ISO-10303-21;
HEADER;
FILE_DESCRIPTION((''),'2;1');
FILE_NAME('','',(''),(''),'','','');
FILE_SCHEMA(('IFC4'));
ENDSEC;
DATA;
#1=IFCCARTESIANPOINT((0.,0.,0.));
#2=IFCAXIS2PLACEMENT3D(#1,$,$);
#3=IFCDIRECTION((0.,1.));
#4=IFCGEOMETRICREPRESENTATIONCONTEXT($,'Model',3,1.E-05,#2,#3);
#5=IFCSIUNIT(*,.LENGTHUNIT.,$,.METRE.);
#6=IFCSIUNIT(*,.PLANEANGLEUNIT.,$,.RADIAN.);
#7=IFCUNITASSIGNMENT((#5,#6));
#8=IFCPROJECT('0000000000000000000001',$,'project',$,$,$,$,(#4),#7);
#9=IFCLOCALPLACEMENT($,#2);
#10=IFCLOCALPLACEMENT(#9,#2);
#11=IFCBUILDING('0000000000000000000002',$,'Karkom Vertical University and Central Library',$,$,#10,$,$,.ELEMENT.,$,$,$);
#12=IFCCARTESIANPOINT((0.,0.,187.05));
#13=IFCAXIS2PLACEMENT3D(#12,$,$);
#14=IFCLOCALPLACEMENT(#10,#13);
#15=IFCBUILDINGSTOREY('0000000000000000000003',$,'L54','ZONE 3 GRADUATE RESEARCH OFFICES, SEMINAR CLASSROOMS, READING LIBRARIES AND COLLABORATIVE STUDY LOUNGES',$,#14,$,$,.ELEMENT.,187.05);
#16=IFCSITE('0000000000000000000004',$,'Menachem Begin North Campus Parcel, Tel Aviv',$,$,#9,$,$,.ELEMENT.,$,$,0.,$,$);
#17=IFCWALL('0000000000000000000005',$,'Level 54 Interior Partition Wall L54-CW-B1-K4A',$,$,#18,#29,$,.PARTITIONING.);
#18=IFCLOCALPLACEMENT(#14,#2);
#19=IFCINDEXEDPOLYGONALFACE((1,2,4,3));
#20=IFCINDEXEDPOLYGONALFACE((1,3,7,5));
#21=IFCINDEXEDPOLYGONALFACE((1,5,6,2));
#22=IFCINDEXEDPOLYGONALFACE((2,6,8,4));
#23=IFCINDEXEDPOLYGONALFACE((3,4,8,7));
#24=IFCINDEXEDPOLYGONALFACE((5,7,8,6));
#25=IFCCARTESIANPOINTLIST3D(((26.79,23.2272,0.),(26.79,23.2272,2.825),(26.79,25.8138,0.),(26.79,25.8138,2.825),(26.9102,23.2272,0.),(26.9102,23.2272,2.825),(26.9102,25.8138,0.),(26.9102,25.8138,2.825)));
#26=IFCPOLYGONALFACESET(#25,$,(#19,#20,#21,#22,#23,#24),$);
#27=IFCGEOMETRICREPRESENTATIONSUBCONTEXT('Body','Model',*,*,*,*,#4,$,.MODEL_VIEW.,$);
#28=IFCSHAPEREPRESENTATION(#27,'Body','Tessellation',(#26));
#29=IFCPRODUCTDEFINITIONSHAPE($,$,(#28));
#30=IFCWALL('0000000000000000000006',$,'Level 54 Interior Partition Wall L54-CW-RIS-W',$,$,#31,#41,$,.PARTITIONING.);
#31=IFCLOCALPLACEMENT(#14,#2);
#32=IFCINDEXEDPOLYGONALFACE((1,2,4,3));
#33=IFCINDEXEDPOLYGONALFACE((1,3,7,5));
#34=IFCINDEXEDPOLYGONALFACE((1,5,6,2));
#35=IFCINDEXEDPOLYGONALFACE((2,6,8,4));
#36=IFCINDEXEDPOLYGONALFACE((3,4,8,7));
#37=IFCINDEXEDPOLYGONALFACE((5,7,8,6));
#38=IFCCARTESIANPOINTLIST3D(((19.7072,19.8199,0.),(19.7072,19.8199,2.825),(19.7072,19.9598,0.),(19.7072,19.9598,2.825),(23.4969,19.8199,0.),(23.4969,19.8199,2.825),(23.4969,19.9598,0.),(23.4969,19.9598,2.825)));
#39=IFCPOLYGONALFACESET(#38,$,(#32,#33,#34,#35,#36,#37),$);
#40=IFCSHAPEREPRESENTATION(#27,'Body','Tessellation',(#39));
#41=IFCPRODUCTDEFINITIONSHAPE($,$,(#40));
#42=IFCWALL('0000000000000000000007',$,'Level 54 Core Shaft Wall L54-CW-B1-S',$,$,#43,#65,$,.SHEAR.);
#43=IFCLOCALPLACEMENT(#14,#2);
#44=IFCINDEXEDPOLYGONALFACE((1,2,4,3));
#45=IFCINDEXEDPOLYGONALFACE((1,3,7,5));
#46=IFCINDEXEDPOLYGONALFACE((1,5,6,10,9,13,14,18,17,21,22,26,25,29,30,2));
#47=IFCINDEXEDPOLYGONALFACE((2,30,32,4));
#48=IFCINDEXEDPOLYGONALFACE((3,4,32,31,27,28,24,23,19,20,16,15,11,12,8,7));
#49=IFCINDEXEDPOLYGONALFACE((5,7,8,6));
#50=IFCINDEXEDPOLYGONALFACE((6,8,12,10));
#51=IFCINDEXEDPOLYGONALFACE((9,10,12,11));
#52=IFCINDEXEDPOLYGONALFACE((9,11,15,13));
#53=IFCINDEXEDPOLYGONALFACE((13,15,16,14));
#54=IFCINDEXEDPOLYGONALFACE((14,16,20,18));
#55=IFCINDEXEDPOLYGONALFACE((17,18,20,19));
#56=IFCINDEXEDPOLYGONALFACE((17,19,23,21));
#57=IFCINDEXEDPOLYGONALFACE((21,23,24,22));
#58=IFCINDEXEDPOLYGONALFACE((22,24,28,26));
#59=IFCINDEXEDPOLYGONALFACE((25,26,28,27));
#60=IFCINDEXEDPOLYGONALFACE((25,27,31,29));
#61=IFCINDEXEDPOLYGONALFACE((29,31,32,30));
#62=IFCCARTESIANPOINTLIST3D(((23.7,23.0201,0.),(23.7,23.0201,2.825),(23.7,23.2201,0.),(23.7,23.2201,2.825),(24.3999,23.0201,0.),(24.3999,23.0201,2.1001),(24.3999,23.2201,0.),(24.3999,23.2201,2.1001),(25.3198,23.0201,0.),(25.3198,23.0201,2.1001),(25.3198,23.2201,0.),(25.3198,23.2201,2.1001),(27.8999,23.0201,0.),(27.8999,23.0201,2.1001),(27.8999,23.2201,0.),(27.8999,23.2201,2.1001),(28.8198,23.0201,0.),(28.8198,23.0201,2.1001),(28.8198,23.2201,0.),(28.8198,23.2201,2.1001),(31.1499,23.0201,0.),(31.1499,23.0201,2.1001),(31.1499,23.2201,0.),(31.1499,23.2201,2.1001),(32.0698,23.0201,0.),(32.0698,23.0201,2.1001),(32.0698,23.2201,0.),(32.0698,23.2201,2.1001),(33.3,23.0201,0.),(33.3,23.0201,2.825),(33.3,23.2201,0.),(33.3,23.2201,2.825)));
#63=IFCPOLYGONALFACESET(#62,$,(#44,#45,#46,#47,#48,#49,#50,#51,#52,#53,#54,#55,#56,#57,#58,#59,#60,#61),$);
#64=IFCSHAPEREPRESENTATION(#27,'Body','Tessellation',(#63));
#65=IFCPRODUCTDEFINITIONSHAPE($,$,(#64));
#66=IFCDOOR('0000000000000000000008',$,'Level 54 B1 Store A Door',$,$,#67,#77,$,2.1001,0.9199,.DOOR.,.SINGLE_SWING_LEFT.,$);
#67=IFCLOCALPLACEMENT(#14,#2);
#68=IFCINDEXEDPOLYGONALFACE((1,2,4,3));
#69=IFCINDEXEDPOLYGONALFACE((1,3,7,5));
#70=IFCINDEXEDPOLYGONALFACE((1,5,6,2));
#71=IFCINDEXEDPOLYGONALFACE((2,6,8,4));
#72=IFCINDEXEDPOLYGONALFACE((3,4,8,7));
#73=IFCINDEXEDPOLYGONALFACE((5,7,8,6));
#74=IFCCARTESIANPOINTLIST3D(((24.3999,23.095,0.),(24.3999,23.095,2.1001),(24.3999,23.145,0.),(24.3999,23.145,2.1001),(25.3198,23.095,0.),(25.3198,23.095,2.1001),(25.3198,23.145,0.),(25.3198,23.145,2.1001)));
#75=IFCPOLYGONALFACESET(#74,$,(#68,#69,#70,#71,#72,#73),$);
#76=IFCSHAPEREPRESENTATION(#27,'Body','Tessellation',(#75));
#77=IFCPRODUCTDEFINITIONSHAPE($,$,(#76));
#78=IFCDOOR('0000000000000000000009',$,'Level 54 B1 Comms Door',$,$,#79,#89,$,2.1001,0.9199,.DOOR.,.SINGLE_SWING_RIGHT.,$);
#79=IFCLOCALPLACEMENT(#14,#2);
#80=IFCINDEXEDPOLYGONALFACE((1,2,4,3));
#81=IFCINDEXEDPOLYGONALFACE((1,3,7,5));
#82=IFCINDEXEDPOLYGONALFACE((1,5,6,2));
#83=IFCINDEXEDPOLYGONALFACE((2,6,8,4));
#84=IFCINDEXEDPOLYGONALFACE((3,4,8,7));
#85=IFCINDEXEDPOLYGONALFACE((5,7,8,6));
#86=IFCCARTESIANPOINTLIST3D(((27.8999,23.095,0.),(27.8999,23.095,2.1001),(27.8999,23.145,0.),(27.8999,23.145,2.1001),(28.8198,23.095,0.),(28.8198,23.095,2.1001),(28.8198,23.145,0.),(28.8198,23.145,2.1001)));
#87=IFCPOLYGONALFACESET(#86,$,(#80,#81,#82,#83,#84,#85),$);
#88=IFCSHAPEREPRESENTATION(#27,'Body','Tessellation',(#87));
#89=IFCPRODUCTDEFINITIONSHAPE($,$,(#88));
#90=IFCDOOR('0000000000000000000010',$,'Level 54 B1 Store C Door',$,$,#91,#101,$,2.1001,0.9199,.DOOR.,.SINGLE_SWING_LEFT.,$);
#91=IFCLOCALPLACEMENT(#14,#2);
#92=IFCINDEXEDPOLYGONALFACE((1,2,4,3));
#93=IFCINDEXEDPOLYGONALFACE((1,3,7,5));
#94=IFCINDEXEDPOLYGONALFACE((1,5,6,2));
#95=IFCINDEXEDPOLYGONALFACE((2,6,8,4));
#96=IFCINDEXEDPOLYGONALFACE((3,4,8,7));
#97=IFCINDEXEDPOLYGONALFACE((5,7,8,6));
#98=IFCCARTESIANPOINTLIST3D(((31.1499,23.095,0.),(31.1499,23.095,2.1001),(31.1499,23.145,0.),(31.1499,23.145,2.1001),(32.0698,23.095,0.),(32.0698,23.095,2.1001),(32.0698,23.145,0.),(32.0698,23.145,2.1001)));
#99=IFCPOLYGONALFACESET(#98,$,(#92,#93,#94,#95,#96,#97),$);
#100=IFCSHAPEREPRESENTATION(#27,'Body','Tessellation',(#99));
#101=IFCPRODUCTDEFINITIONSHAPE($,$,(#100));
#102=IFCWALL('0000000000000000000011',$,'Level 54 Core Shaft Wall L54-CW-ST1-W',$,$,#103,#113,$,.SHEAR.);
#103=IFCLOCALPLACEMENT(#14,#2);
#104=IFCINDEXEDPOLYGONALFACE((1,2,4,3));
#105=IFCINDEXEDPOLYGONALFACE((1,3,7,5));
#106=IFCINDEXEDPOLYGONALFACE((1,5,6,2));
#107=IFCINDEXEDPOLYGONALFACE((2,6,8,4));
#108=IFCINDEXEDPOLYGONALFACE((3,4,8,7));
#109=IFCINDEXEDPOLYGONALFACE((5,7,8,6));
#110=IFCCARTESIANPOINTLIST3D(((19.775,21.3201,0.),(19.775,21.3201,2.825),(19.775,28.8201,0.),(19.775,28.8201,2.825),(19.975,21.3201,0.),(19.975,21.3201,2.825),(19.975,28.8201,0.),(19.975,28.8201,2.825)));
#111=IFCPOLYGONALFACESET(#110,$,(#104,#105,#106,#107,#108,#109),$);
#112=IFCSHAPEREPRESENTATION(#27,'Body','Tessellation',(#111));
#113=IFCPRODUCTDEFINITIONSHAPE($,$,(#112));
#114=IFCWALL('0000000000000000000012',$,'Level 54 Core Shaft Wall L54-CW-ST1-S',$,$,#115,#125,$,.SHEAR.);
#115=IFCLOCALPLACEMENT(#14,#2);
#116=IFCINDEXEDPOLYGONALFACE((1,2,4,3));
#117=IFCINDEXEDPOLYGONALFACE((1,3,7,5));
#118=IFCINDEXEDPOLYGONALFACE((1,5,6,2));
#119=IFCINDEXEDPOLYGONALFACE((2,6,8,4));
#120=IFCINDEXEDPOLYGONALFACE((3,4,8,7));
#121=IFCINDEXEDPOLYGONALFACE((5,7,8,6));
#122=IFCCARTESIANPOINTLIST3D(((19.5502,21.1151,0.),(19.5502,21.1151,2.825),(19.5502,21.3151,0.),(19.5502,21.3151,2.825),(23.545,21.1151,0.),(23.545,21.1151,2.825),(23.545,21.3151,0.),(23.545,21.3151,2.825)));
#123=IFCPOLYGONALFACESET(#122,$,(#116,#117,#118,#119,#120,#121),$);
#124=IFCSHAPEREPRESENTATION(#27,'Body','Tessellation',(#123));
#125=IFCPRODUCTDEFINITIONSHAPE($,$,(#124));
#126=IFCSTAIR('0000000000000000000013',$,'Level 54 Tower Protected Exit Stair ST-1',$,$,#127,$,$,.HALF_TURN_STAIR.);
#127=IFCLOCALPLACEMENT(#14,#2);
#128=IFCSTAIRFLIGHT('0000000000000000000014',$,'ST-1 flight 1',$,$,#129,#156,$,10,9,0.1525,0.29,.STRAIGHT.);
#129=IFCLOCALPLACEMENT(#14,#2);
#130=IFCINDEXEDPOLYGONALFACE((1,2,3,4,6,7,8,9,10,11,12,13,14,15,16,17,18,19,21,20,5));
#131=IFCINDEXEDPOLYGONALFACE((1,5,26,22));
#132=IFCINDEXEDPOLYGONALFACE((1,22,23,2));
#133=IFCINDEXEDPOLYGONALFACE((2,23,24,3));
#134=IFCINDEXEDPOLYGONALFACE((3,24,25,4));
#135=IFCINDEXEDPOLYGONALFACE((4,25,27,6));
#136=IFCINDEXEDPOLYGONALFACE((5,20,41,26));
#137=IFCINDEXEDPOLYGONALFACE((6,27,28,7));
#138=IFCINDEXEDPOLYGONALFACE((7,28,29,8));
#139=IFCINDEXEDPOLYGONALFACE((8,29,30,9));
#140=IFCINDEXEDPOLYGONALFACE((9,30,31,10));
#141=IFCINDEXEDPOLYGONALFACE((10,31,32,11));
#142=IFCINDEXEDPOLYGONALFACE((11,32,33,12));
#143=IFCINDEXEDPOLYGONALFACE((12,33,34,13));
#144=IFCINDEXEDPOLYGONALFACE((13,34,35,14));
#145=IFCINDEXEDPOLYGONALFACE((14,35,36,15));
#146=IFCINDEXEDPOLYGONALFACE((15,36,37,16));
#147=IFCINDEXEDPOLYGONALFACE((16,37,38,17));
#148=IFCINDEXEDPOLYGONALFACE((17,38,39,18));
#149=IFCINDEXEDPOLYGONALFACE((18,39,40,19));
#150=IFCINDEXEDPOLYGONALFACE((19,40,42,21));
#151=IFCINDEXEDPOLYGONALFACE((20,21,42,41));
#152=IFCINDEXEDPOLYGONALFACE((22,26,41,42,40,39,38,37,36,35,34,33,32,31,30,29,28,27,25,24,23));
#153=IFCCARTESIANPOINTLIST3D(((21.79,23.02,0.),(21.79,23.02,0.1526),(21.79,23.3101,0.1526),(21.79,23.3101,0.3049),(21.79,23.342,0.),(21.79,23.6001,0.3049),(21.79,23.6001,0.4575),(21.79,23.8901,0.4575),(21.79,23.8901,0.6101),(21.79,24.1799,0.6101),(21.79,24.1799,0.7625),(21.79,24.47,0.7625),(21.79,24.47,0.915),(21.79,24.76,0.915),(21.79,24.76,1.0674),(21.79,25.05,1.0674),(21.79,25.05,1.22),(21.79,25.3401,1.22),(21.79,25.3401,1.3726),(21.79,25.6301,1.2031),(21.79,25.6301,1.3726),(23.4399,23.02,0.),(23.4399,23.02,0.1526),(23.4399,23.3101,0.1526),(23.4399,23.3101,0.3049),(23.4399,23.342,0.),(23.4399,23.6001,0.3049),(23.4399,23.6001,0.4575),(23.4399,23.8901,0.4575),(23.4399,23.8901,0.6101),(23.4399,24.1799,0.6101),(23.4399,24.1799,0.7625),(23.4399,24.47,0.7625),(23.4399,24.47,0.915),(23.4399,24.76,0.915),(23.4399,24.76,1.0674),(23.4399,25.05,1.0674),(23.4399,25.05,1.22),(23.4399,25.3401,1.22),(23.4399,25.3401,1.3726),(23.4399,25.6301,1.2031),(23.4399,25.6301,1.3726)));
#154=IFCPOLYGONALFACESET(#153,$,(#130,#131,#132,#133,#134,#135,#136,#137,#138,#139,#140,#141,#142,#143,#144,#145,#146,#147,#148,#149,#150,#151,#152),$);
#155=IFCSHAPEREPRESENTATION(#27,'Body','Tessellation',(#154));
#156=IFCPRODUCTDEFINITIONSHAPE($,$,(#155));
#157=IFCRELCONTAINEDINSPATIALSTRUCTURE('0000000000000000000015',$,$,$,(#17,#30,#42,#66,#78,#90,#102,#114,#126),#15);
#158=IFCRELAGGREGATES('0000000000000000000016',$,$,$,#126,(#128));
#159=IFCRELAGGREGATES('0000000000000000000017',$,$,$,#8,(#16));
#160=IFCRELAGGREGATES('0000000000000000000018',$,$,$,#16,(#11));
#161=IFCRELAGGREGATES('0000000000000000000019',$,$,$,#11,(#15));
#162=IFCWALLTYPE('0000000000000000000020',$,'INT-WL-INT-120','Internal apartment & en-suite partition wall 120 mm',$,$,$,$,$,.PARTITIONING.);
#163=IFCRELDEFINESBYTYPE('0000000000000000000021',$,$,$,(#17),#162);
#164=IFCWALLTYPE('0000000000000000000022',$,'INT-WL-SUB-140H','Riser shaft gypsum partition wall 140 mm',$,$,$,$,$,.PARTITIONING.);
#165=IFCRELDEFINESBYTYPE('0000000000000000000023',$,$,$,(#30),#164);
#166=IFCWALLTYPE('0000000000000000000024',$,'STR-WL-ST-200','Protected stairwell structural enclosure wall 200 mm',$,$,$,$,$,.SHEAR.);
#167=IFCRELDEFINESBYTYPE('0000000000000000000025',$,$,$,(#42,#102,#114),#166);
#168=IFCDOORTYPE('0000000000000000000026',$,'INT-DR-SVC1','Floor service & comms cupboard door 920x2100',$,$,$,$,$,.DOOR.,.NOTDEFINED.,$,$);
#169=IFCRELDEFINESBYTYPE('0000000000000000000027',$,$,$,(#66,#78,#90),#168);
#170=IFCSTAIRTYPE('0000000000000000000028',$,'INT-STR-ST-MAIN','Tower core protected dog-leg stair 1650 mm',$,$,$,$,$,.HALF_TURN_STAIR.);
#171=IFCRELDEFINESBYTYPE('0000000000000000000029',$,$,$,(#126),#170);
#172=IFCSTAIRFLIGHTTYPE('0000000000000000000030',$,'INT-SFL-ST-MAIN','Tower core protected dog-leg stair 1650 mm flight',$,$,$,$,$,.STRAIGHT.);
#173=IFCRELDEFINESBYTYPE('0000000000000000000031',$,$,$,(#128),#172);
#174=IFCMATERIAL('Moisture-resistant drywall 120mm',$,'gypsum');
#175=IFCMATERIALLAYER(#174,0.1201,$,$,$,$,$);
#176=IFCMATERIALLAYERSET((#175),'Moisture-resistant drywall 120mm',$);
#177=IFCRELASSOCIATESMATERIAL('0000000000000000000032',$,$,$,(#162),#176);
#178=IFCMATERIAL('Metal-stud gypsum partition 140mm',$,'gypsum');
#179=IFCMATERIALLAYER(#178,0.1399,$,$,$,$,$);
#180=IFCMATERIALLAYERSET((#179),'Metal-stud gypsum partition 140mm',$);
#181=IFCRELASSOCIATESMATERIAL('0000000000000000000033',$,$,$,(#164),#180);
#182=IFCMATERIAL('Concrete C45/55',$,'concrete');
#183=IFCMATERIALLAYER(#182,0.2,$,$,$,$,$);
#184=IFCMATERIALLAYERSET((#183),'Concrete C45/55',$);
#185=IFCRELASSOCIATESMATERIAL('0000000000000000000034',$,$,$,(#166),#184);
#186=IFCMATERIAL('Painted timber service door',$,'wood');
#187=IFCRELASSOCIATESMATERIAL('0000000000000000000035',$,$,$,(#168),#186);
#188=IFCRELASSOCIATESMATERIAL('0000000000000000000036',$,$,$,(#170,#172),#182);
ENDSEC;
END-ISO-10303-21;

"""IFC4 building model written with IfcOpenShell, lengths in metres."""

from ifc_helpers import new_model, si_unit, direction, frame, frame_2d, origin, origin_with_axes, place, context, subcontext, project, spatial, polyline, rectangle, outline, extrude, source, transform, mapped, material, layer, layer_set, type_object, element, fill, aggregate, save


model = new_model("IFC4")

# Units and contexts
model_context = context("Model", 3, precision=1e-05, world=origin(), true_north=direction((0.0, 1.0)))
body_context = subcontext(model_context, "Body", "Model", "MODEL_VIEW")
ifc_project = project(units=[si_unit("LENGTHUNIT", "METRE"), si_unit("PLANEANGLEUNIT", "RADIAN")], contexts=[model_context])

# Site, building, storey
site_placement = place(None, origin())
site = spatial("IfcSite", under=ifc_project, at=site_placement, Name="Menachem Begin North Campus Parcel, Tel Aviv", CompositionType="ELEMENT", RefElevation=0.0)
building_placement = place(site_placement, origin())
building = spatial("IfcBuilding", under=site, at=building_placement, Name="Karkom Vertical University and Central Library", CompositionType="ELEMENT")
storey_placement = place(building_placement, frame((0.0, 0.0, 187.05)))
storey = spatial("IfcBuildingStorey", under=building, at=storey_placement, Name="L54", Description="ZONE 3 GRADUATE RESEARCH OFFICES, SEMINAR CLASSROOMS, READING LIBRARIES AND COLLABORATIVE STUDY LOUNGES", CompositionType="ELEMENT", Elevation=187.05)

# Walls
ifc_material_1 = material(Name="Moisture-resistant drywall 120mm", Category="gypsum")
ifc_layer_1 = layer(ifc_material_1, 0.1201)
ifc_layer_set_1 = layer_set([ifc_layer_1], Name="Moisture-resistant drywall 120mm")
wall_type_1 = type_object("IfcWallType", Name="INT-WL-INT-120", Description="Internal apartment & en-suite partition wall 120 mm", PredefinedType="PARTITIONING", material=ifc_layer_set_1)
wall_1_placement = place(storey_placement, frame((26.8501, 23.2271, 0.0), z_axis=(0.0, 0.0, 1.0), x_axis=(0.0, 1.0, 0.0)))
element("IfcWall", 1, at=wall_1_placement, inside=storey, type_object=wall_type_1, Name="Level 54 Interior Partition Wall L54-CW-B1-K4A", PredefinedType="PARTITIONING", context=body_context, shape_type="SweptSolid", body=[
    extrude(rectangle(XDim=2.5867, YDim=0.1201, at=frame_2d((1.2935, 0.0))), origin(), (0.0, 0.0, 1.0), 2.825),
])
ifc_material_2 = material(Name="Metal-stud gypsum partition 140mm", Category="gypsum")
ifc_layer_2 = layer(ifc_material_2, 0.1399)
ifc_layer_set_2 = layer_set([ifc_layer_2], Name="Metal-stud gypsum partition 140mm")
wall_type_2 = type_object("IfcWallType", Name="INT-WL-SUB-140H", Description="Riser shaft gypsum partition wall 140 mm", PredefinedType="PARTITIONING", material=ifc_layer_set_2)
wall_2_placement = place(storey_placement, frame((19.707, 19.8899, 0.0), z_axis=(0.0, 0.0, 1.0), x_axis=(1.0, 0.0, 0.0)))
element("IfcWall", 2, at=wall_2_placement, inside=storey, type_object=wall_type_2, Name="Level 54 Interior Partition Wall L54-CW-RIS-W", PredefinedType="PARTITIONING", context=body_context, shape_type="SweptSolid", body=[
    extrude(rectangle(XDim=3.7898, YDim=0.1399, at=frame_2d((1.895, 0.0))), origin(), (0.0, 0.0, 1.0), 2.825),
])

# Wall, openings, doors
ifc_material_3 = material(Name="Concrete C45/55", Category="concrete")
ifc_layer_3 = layer(ifc_material_3, 0.2)
ifc_layer_set_3 = layer_set([ifc_layer_3], Name="Concrete C45/55")
wall_type_3 = type_object("IfcWallType", Name="STR-WL-ST-200", Description="Protected stairwell structural enclosure wall 200 mm", PredefinedType="SHEAR", material=ifc_layer_set_3)
wall_3_placement = place(storey_placement, frame((23.7, 23.1201, 0.0), z_axis=(0.0, 0.0, 1.0), x_axis=(1.0, 0.0, 0.0)))
wall_3 = element("IfcWall", 3, at=wall_3_placement, inside=storey, type_object=wall_type_3, Name="Level 54 Core Shaft Wall L54-CW-B1-S", PredefinedType="SHEAR", context=body_context, shape_type="SweptSolid", body=[
    extrude(rectangle(XDim=9.6001, YDim=0.2, at=frame_2d((4.8, 0.0))), origin(), (0.0, 0.0, 1.0), 2.825),
])
opening_1_placement = place(wall_3_placement, frame((0.7, 0.0, 0.0)))
opening_1 = element("IfcOpeningElement", 4, at=opening_1_placement, cuts=wall_3, PredefinedType="OPENING", context=body_context, shape_type="SweptSolid", body=[
    extrude(rectangle(XDim=0.9199, YDim=2.1001, at=frame_2d((0.46, 1.05))), frame((0.0, 0.1099, 0.0), z_axis=(0.0, -1.0, 0.0), x_axis=(1.0, 0.0, 0.0)), (0.0, 0.0, 1.0), 0.22),
])
opening_2_placement = place(wall_3_placement, frame((4.2, 0.0, 0.0)))
opening_2 = element("IfcOpeningElement", 5, at=opening_2_placement, cuts=wall_3, PredefinedType="OPENING", context=body_context, shape_type="SweptSolid", body=[
    extrude(rectangle(XDim=0.9199, YDim=2.1001, at=frame_2d((0.46, 1.05))), frame((0.0, 0.1099, 0.0), z_axis=(0.0, -1.0, 0.0), x_axis=(1.0, 0.0, 0.0)), (0.0, 0.0, 1.0), 0.22),
])
opening_3_placement = place(wall_3_placement, frame((7.45, 0.0, 0.0)))
opening_3 = element("IfcOpeningElement", 6, at=opening_3_placement, cuts=wall_3, PredefinedType="OPENING", context=body_context, shape_type="SweptSolid", body=[
    extrude(rectangle(XDim=0.9199, YDim=2.1001, at=frame_2d((0.46, 1.05))), frame((0.0, 0.1099, 0.0), z_axis=(0.0, -1.0, 0.0), x_axis=(1.0, 0.0, 0.0)), (0.0, 0.0, 1.0), 0.22),
])
ifc_material_4 = material(Name="Painted timber service door", Category="wood")
door_type = type_object("IfcDoorType", Name="INT-DR-SVC1", Description="Floor service & comms cupboard door 920x2100", OperationType="NOTDEFINED", PredefinedType="DOOR", material=ifc_material_4)
shared_shape = source(origin_with_axes(), body_context, "Body", "SweptSolid", [
    extrude(rectangle(XDim=0.9199, YDim=2.1001, at=frame_2d((0.46, 1.05))), frame((0.0, 0.0249, 0.0), z_axis=(0.0, -1.0, 0.0), x_axis=(1.0, 0.0, 0.0)), (0.0, 0.0, 1.0), 0.05),
])
door_1_placement = place(opening_1_placement, origin())
door_1 = element("IfcDoor", 7, at=door_1_placement, inside=storey, type_object=door_type, Name="Level 54 B1 Store A Door", OperationType="SINGLE_SWING_LEFT", OverallHeight=2.1001, OverallWidth=0.9199, PredefinedType="DOOR", context=body_context, shape_type="MappedRepresentation", body=[
    mapped(shared_shape, transform((0.0, 0.0, 0.0), scale=1.0)),
])
fill(opening_1, door_1)
door_2_placement = place(opening_2_placement, origin())
door_2 = element("IfcDoor", 8, at=door_2_placement, inside=storey, type_object=door_type, Name="Level 54 B1 Comms Door", OperationType="SINGLE_SWING_RIGHT", OverallHeight=2.1001, OverallWidth=0.9199, PredefinedType="DOOR", context=body_context, shape_type="MappedRepresentation", body=[
    mapped(shared_shape, transform((0.0, 0.0, 0.0), scale=1.0)),
])
fill(opening_2, door_2)
door_3_placement = place(opening_3_placement, origin())
door_3 = element("IfcDoor", 9, at=door_3_placement, inside=storey, type_object=door_type, Name="Level 54 B1 Store C Door", OperationType="SINGLE_SWING_LEFT", OverallHeight=2.1001, OverallWidth=0.9199, PredefinedType="DOOR", context=body_context, shape_type="MappedRepresentation", body=[
    mapped(shared_shape, transform((0.0, 0.0, 0.0), scale=1.0)),
])
fill(opening_3, door_3)

# Walls
wall_4_placement = place(storey_placement, frame((19.875, 21.3201, 0.0), z_axis=(0.0, 0.0, 1.0), x_axis=(0.0, 1.0, 0.0)))
element("IfcWall", 10, at=wall_4_placement, inside=storey, type_object=wall_type_3, Name="Level 54 Core Shaft Wall L54-CW-ST1-W", PredefinedType="SHEAR", context=body_context, shape_type="SweptSolid", body=[
    extrude(rectangle(XDim=7.5, YDim=0.2, at=frame_2d((3.75, 0.0))), origin(), (0.0, 0.0, 1.0), 2.825),
])
wall_5_placement = place(storey_placement, frame((19.55, 21.2151, 0.0), z_axis=(0.0, 0.0, 1.0), x_axis=(1.0, 0.0, 0.0)))
element("IfcWall", 11, at=wall_5_placement, inside=storey, type_object=wall_type_3, Name="Level 54 Core Shaft Wall L54-CW-ST1-S", PredefinedType="SHEAR", context=body_context, shape_type="SweptSolid", body=[
    extrude(rectangle(XDim=3.9949, YDim=0.2, at=frame_2d((1.9976, 0.0))), origin(), (0.0, 0.0, 1.0), 2.825),
])

# Stair, stair flight
stair_type = type_object("IfcStairType", Name="INT-STR-ST-MAIN", Description="Tower core protected dog-leg stair 1650 mm", PredefinedType="HALF_TURN_STAIR", material=ifc_material_3)
stair_placement = place(storey_placement, origin())
stair = element("IfcStair", 12, at=stair_placement, inside=storey, type_object=stair_type, Name="Level 54 Tower Protected Exit Stair ST-1", PredefinedType="HALF_TURN_STAIR")
stair_flight_type = type_object("IfcStairFlightType", Name="INT-SFL-ST-MAIN", Description="Tower core protected dog-leg stair 1650 mm flight", PredefinedType="STRAIGHT", material=ifc_material_3)
stair_flight_1_placement = place(storey_placement, frame((22.615, 23.02, 0.0), z_axis=(0.0, 0.0, 1.0), x_axis=(0.0, 1.0, 0.0)))
stair_flight_1 = element("IfcStairFlight", 13, at=stair_flight_1_placement, type_object=stair_flight_type, Name="ST-1 flight 1", NumberOfRisers=10, NumberOfTreads=9, PredefinedType="STRAIGHT", RiserHeight=0.1525, TreadLength=0.29, context=body_context, shape_type="SweptSolid", body=[
    extrude(outline(polyline([(0.0, 0.0), (0.0, 0.1526), (0.29, 0.1526), (0.29, 0.3049), (0.5801, 0.3049), (0.5801, 0.4575), (0.8701, 0.4575), (0.8701, 0.6101), (1.1599, 0.6101), (1.1599, 0.7625), (1.45, 0.7625), (1.45, 0.915), (1.74, 0.915), (1.74, 1.0674), (2.03, 1.0674), (2.03, 1.22), (2.3201, 1.22), (2.3201, 1.3726), (2.6101, 1.3726), (2.6101, 1.5249), (2.6101, 1.2031), (0.322, 0.0), (0.0, 0.0)])), frame((0.0, 0.825, 0.0), z_axis=(0.0, -1.0, 0.0), x_axis=(1.0, 0.0, 0.0)), (0.0, 0.0, 1.0), 1.6499),
])
aggregate(stair, [stair_flight_1])

save(model, "model.ifc")
